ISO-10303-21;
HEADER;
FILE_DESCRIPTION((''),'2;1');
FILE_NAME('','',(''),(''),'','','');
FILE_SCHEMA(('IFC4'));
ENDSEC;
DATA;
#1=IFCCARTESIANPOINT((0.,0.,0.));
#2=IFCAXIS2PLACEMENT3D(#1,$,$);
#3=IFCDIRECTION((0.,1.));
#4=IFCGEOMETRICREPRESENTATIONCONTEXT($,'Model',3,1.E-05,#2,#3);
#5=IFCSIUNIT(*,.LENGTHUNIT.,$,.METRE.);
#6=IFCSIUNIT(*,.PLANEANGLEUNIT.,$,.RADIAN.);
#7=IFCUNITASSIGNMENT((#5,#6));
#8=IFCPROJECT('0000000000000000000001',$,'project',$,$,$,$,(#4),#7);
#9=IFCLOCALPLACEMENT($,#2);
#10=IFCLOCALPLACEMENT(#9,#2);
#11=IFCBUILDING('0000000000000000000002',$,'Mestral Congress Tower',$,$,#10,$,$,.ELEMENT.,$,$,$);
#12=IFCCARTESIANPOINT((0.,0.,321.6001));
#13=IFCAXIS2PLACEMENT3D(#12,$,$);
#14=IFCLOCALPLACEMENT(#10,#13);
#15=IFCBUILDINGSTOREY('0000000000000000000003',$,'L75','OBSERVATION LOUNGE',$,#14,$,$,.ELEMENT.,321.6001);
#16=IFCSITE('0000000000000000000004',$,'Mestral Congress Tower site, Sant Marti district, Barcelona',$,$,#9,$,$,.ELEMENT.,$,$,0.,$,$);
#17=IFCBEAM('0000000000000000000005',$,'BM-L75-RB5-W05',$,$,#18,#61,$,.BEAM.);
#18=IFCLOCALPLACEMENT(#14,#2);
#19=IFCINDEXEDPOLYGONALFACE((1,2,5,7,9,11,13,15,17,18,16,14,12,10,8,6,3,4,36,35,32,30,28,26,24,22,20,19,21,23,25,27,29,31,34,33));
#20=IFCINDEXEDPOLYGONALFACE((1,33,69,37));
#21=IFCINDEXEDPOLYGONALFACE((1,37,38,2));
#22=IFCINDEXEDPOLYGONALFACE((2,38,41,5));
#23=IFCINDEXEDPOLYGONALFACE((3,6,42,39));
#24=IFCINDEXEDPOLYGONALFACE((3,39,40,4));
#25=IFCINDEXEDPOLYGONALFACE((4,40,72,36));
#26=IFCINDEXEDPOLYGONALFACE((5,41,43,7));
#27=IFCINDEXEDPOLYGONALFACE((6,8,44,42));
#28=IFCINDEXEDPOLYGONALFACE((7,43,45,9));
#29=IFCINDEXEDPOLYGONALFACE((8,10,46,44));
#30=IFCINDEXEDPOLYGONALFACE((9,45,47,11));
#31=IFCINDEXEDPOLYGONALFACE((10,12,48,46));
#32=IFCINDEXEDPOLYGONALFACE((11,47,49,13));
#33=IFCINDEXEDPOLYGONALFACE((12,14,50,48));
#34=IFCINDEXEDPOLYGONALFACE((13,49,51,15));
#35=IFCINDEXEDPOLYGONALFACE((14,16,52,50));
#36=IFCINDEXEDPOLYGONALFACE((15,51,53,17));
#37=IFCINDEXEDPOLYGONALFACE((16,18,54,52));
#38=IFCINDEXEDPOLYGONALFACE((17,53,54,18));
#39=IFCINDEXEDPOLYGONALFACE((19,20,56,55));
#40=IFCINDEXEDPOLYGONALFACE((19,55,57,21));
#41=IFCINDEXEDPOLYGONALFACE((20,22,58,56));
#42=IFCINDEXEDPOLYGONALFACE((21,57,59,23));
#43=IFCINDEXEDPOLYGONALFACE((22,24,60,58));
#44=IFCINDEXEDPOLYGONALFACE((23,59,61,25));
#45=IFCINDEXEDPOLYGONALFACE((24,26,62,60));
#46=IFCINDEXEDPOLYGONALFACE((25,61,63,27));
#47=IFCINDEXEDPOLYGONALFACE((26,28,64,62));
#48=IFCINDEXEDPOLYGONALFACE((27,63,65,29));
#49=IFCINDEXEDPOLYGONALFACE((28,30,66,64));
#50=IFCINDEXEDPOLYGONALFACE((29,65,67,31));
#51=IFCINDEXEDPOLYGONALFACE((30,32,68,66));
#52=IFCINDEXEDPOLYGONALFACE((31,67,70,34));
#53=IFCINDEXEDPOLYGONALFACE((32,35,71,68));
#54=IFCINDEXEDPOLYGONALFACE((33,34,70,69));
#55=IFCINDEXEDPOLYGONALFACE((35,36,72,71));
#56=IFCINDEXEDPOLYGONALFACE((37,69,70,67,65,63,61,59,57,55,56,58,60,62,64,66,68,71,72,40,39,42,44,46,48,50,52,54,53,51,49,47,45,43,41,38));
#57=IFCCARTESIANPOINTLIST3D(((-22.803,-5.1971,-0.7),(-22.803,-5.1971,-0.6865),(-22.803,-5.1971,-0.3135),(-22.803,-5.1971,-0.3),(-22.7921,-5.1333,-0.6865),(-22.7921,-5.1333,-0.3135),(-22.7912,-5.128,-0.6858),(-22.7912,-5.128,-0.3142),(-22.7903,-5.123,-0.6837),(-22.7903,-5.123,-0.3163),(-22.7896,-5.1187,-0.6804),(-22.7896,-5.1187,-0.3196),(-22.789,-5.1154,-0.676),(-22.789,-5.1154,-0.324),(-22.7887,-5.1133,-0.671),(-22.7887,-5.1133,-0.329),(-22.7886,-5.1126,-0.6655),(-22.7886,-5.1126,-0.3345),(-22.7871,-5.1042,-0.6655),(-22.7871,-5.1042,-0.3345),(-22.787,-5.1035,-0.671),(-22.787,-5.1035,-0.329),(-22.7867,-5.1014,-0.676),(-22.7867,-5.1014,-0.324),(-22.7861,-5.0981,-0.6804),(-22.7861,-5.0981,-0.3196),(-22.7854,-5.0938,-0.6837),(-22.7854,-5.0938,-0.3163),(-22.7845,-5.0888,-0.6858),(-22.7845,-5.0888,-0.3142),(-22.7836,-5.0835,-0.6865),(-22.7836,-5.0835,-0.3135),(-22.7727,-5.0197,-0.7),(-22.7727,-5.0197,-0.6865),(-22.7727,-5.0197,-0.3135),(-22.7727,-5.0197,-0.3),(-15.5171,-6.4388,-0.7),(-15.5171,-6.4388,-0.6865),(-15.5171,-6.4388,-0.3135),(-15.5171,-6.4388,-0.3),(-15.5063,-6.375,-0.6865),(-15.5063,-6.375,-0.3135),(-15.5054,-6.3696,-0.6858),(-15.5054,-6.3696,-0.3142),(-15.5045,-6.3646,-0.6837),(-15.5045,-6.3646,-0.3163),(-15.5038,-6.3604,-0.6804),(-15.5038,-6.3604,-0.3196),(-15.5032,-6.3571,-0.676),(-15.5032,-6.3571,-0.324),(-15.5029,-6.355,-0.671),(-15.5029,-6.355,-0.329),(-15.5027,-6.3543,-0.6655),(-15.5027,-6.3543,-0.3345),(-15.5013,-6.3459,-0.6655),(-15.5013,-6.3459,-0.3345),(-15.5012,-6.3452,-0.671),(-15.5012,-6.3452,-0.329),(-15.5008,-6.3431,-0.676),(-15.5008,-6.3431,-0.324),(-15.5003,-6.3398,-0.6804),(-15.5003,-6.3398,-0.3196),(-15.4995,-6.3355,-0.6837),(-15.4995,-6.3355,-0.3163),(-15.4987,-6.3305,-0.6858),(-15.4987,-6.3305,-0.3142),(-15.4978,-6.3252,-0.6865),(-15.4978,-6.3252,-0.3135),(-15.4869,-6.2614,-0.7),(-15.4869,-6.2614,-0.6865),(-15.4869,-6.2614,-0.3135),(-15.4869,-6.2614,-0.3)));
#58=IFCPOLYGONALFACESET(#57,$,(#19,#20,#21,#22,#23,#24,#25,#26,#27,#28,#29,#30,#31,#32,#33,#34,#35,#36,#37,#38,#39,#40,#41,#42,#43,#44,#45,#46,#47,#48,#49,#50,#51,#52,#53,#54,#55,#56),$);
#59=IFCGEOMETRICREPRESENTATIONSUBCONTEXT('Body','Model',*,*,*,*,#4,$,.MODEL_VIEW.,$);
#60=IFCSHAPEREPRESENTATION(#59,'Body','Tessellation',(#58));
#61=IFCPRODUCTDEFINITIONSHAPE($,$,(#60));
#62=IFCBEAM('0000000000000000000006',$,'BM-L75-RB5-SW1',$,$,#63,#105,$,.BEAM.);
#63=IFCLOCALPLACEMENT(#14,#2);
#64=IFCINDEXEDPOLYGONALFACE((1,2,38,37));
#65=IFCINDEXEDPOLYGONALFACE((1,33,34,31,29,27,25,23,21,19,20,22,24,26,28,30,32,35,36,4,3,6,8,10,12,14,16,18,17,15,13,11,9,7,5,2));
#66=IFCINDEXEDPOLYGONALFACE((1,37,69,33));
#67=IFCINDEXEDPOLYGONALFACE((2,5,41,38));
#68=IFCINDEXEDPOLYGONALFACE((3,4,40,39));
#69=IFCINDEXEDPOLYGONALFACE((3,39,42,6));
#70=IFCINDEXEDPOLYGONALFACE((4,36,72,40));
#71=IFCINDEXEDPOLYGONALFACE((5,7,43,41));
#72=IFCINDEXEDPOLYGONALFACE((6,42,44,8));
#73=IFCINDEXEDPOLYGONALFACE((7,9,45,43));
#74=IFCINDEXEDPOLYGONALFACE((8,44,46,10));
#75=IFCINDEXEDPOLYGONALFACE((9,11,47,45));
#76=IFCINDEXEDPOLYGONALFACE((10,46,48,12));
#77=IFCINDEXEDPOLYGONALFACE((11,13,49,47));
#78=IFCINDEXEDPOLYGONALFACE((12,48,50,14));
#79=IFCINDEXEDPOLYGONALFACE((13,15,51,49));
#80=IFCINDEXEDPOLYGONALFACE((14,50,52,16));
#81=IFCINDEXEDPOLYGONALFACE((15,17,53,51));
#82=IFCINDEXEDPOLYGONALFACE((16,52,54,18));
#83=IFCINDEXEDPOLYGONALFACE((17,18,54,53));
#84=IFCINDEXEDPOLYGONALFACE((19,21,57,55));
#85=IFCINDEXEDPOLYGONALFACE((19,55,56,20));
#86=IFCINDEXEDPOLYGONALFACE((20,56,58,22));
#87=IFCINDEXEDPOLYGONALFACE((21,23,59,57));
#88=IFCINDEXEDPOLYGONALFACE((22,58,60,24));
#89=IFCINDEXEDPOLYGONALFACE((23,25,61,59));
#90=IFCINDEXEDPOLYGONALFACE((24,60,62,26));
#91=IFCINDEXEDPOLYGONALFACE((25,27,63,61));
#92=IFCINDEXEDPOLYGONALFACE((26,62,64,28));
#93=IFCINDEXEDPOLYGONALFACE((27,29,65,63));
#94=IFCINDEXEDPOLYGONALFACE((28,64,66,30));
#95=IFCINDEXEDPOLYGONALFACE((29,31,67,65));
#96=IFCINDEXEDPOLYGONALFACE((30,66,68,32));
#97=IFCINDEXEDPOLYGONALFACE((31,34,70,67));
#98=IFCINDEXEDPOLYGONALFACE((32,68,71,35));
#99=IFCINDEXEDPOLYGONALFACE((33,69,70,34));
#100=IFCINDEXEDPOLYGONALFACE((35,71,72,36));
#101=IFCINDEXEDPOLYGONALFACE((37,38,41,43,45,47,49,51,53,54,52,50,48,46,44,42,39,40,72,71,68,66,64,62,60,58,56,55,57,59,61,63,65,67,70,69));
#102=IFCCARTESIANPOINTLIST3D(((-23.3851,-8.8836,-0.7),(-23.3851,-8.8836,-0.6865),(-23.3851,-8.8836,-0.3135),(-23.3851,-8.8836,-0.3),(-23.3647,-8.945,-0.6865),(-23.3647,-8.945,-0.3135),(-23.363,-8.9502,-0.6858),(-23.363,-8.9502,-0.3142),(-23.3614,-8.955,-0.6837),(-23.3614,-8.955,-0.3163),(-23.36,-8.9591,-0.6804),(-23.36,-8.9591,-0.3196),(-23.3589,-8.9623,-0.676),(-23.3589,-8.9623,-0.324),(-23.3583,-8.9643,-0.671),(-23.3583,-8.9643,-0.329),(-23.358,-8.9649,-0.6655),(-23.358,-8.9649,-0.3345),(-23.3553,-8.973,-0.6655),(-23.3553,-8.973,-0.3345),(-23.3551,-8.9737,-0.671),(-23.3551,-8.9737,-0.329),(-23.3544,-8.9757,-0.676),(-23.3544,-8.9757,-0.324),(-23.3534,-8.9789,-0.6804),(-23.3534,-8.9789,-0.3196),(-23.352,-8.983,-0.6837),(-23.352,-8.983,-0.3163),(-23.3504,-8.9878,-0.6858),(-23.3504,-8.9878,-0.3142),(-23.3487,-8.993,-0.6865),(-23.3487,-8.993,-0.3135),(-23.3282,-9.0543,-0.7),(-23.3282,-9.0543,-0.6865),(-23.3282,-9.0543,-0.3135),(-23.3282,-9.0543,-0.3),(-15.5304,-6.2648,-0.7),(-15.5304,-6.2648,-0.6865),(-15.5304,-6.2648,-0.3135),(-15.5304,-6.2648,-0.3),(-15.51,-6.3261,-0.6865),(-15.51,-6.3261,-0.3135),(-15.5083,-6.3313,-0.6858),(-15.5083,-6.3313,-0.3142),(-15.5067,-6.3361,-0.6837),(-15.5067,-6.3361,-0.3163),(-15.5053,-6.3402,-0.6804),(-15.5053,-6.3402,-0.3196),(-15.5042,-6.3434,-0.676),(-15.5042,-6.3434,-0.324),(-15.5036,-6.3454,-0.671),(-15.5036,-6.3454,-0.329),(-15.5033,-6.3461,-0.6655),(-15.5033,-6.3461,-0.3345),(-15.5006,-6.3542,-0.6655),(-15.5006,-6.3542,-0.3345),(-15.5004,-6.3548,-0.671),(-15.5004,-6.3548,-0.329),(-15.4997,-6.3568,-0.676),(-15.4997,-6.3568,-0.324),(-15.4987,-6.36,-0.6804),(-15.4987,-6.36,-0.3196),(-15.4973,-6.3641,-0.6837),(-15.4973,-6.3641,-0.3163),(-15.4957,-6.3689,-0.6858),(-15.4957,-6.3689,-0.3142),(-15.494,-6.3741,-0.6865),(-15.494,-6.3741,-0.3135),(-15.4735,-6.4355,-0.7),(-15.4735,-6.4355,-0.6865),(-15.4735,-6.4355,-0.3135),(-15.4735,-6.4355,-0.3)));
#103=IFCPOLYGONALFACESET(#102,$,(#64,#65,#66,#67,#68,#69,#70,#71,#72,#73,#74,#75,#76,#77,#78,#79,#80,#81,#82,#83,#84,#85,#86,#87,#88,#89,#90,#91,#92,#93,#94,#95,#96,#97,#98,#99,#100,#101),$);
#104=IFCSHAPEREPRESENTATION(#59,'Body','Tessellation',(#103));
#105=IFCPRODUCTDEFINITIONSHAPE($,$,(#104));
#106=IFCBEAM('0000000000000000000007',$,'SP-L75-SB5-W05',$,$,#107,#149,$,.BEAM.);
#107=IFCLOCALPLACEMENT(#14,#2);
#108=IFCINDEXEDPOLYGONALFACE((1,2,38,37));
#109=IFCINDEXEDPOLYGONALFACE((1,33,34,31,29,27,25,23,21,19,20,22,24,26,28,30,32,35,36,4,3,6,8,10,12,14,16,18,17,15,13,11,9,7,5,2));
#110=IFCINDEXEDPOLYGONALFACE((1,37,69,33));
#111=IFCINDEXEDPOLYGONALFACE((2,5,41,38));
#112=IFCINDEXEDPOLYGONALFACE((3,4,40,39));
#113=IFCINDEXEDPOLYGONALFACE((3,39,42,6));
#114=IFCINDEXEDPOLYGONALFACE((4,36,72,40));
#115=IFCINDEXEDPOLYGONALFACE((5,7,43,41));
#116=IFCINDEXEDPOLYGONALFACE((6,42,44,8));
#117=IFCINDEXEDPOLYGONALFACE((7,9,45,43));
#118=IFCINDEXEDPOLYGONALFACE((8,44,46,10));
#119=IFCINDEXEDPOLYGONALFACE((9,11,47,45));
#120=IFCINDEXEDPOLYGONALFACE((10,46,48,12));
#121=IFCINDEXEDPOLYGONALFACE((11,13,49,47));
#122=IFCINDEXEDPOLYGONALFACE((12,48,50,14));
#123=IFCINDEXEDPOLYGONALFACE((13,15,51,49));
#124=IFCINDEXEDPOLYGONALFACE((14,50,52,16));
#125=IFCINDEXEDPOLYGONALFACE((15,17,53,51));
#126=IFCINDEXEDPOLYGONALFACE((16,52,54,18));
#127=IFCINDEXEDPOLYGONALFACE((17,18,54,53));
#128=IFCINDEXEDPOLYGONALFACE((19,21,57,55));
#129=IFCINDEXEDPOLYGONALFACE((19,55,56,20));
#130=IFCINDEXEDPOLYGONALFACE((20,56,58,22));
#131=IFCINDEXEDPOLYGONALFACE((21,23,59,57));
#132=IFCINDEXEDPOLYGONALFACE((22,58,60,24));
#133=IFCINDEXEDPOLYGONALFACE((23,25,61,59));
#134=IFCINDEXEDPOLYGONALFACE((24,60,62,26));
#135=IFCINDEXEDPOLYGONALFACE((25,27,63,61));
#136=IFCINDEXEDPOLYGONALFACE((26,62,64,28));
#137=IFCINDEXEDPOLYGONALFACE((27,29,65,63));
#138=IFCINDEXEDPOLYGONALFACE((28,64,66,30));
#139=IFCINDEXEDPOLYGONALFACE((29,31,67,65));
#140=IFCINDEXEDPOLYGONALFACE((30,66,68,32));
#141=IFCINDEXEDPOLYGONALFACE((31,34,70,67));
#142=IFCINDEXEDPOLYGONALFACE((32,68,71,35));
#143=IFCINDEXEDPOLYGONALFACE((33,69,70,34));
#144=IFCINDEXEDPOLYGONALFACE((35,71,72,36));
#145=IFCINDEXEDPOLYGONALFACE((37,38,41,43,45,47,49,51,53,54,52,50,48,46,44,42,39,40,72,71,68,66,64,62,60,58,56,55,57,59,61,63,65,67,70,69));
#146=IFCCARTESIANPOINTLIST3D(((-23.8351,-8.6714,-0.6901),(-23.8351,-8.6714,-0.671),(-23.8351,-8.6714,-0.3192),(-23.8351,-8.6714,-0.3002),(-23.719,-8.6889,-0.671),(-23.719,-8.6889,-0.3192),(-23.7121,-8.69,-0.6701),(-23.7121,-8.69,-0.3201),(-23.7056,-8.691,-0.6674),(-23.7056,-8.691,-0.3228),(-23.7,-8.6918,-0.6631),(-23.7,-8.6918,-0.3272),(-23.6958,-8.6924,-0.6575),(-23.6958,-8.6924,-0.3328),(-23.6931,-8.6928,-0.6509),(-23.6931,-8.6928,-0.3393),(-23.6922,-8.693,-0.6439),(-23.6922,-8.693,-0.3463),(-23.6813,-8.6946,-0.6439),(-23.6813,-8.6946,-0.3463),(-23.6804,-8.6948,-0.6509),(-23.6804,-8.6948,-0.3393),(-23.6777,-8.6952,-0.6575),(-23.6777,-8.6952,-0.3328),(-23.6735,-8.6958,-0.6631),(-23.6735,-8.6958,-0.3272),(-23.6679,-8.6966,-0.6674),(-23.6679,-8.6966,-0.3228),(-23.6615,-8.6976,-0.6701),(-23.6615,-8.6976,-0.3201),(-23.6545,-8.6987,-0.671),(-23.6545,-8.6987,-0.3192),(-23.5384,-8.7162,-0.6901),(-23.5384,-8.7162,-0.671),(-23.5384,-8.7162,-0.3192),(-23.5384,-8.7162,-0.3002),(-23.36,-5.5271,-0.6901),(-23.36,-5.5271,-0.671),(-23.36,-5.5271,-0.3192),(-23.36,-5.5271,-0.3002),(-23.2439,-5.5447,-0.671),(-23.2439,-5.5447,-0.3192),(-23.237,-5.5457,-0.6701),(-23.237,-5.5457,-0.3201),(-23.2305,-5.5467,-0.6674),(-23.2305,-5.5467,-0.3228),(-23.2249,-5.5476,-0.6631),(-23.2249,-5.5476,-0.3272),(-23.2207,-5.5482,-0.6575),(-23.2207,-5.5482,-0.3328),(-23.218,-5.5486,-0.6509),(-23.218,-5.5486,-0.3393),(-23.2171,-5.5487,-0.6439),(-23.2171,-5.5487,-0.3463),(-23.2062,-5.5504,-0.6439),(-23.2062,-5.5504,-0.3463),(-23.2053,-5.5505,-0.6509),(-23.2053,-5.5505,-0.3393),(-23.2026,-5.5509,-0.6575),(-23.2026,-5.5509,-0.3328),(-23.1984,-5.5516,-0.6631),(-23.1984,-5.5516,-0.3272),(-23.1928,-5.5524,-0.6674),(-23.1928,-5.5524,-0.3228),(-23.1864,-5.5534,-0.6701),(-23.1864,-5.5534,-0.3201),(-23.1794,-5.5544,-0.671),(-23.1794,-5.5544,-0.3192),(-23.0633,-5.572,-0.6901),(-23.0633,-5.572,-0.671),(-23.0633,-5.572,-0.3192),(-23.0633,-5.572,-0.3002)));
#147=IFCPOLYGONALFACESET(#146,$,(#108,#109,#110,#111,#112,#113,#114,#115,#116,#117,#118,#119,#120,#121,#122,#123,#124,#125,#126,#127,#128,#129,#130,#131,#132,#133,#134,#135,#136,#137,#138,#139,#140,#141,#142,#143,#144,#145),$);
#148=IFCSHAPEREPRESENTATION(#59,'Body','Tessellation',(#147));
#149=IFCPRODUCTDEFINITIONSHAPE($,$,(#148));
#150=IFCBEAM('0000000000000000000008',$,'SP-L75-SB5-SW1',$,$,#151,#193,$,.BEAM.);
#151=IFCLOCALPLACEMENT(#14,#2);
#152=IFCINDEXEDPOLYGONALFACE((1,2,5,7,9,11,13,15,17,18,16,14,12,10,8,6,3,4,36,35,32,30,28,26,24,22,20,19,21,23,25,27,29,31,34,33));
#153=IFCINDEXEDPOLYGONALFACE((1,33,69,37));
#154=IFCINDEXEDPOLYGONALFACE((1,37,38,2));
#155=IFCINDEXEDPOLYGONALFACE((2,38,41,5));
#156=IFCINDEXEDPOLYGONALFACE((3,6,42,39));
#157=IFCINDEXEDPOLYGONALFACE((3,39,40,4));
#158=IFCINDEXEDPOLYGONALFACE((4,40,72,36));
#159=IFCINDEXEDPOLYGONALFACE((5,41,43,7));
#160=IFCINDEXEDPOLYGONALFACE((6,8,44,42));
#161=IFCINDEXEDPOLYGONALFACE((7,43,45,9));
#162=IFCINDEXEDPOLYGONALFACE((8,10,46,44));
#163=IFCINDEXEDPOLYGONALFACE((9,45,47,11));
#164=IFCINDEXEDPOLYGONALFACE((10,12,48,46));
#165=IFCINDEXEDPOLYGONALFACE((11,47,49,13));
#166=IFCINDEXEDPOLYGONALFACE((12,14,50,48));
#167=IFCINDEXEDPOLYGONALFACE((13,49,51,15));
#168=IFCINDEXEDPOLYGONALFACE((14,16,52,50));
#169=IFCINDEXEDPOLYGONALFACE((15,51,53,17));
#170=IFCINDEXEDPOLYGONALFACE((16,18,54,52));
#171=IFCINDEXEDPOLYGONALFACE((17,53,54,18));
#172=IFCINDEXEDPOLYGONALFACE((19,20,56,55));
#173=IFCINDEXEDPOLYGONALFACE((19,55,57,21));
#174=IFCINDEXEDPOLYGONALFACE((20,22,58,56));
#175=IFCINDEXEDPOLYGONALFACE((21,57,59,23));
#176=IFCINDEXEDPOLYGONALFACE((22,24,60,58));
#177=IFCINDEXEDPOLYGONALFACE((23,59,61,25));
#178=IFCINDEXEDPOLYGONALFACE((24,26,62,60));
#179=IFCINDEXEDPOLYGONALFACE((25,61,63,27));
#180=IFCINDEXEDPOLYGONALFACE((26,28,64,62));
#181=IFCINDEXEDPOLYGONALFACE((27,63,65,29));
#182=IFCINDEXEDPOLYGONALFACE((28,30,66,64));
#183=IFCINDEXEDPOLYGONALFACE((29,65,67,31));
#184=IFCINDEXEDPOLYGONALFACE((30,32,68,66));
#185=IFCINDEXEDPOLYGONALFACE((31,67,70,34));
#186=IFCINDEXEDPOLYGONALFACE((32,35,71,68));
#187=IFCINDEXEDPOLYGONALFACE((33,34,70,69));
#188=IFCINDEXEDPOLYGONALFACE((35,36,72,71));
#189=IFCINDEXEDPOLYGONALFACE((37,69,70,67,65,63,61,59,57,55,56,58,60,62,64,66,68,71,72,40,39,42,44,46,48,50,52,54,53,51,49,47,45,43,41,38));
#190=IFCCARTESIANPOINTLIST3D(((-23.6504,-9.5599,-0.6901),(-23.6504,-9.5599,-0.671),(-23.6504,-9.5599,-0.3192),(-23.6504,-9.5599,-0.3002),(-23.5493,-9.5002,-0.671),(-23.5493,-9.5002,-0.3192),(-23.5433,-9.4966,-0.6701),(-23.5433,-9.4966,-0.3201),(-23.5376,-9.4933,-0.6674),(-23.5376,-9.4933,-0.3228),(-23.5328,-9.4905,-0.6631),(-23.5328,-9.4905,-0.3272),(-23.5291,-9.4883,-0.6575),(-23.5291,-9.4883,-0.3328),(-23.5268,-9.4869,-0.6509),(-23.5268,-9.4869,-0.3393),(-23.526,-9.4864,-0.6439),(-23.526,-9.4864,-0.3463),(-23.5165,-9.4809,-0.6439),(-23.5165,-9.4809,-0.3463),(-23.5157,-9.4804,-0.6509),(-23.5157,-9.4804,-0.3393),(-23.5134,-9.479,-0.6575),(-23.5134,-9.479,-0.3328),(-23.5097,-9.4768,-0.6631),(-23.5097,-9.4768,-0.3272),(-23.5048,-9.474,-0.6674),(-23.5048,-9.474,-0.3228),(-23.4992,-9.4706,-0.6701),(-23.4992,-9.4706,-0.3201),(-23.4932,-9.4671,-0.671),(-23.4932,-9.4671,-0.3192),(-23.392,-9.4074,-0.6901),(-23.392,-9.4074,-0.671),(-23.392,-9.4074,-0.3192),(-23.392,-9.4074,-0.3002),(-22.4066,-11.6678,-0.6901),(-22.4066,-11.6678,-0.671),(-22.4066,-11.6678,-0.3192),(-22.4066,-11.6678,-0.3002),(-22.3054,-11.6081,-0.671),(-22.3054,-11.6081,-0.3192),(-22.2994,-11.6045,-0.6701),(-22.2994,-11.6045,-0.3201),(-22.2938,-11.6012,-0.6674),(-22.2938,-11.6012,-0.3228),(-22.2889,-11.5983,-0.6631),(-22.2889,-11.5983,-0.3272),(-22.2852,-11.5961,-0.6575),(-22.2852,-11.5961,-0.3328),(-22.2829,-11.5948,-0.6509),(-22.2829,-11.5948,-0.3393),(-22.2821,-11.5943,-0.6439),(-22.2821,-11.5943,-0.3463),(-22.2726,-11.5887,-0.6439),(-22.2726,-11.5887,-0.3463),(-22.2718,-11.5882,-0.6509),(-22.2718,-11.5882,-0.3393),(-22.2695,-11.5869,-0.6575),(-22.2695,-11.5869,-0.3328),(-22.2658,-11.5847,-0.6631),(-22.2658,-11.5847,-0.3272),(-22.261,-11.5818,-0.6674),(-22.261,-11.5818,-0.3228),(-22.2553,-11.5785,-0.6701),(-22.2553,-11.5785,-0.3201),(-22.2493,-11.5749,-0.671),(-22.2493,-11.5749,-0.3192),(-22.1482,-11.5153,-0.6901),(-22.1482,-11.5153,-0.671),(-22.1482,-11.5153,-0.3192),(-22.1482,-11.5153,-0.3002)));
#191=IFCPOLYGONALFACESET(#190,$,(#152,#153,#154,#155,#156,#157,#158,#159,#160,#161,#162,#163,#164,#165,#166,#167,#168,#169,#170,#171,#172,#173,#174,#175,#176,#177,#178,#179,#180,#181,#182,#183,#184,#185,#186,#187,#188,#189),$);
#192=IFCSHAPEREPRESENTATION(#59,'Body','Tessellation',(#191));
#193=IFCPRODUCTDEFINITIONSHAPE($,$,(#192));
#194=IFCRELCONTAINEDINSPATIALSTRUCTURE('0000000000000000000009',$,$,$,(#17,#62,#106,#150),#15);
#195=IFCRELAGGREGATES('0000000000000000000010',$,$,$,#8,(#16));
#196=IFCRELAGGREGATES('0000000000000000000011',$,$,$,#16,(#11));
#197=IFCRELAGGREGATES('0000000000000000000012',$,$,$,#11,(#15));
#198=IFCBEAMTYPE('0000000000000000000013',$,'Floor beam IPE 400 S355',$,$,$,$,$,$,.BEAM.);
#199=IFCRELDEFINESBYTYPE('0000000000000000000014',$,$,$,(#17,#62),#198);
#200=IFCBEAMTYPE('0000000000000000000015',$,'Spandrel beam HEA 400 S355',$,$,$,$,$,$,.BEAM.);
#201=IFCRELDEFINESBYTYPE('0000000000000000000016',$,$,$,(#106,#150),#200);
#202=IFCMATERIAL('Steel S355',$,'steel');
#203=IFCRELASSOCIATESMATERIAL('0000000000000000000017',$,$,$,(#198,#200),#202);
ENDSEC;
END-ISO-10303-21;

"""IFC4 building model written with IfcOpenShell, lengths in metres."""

from ifc_helpers import new_model, si_unit, direction, frame, origin, origin_2d, place, context, subcontext, project, spatial, i_section, extrude, material, material_profile, profile_set, type_object, element, save


model = new_model("IFC4")

# Units and contexts
model_context = context("Model", 3, precision=1e-05, world=origin(), true_north=direction((0.0, 1.0)))
body_context = subcontext(model_context, "Body", "Model", "MODEL_VIEW")
ifc_project = project(units=[si_unit("LENGTHUNIT", "METRE"), si_unit("PLANEANGLEUNIT", "RADIAN")], contexts=[model_context])

# Site, building, storey
site_placement = place(None, origin())
site = spatial("IfcSite", under=ifc_project, at=site_placement, Name="Mestral Congress Tower site, Sant Marti district, Barcelona", CompositionType="ELEMENT", RefElevation=0.0)
building_placement = place(site_placement, origin())
building = spatial("IfcBuilding", under=site, at=building_placement, Name="Mestral Congress Tower", CompositionType="ELEMENT")
storey_placement = place(building_placement, frame((0.0, 0.0, 321.6001)))
storey = spatial("IfcBuildingStorey", under=building, at=storey_placement, Name="L75", Description="OBSERVATION LOUNGE", CompositionType="ELEMENT", Elevation=321.6001)

# Beams
ifc_material_1 = material(Name="Steel S355", Category="steel")
ifc_material_profile_1 = material_profile(ifc_material_1, i_section(OverallWidth=0.1799, OverallDepth=0.3999, WebThickness=0.0085, FlangeThickness=0.0134, FilletRadius=0.021, at=origin_2d()), Name="IPE 400")
ifc_profile_set_1 = profile_set([ifc_material_profile_1], Name="Steel S355")
beam_type_1 = type_object("IfcBeamType", Name="Floor beam IPE 400 S355", PredefinedType="BEAM", material=ifc_profile_set_1)
beam_1_placement = place(storey_placement, frame((-22.7878, -5.1084, -0.5), z_axis=(0.985787, -0.168003, 0.0), x_axis=(0.168003, 0.985787, 0.0)))
element("IfcBeam", 1, at=beam_1_placement, inside=storey, type_object=beam_type_1, Name="BM-L75-RB5-W05", PredefinedType="BEAM", context=body_context, shape_type="SweptSolid", body=[
    extrude(i_section(OverallWidth=0.1799, OverallDepth=0.3999, WebThickness=0.0085, FlangeThickness=0.0134, FilletRadius=0.021, at=origin_2d()), origin(), (0.0, 0.0, 1.0), 7.3909),
])
beam_2_placement = place(storey_placement, frame((-23.3567, -8.969, -0.5), z_axis=(0.94866, 0.316299, 0.0), x_axis=(-0.316299, 0.94866, 0.0)))
element("IfcBeam", 2, at=beam_2_placement, inside=storey, type_object=beam_type_1, Name="BM-L75-RB5-SW1", PredefinedType="BEAM", context=body_context, shape_type="SweptSolid", body=[
    extrude(i_section(OverallWidth=0.1799, OverallDepth=0.3999, WebThickness=0.0085, FlangeThickness=0.0134, FilletRadius=0.021, at=origin_2d()), origin(), (0.0, 0.0, 1.0), 8.2798),
])
ifc_material_profile_2 = material_profile(ifc_material_1, i_section(OverallWidth=0.3, OverallDepth=0.3899, WebThickness=0.011, FlangeThickness=0.019, FilletRadius=0.0271, at=origin_2d()), Name="HEA 400")
ifc_profile_set_2 = profile_set([ifc_material_profile_2], Name="Steel S355")
beam_type_2 = type_object("IfcBeamType", Name="Spandrel beam HEA 400 S355", PredefinedType="BEAM", material=ifc_profile_set_2)
beam_3_placement = place(storey_placement, frame((-23.2117, -5.5496, -0.4951), z_axis=(-0.149403, -0.988776, 0.0), x_axis=(0.988776, -0.149403, 0.0)))
element("IfcBeam", 3, at=beam_3_placement, inside=storey, type_object=beam_type_2, Name="SP-L75-SB5-W05", PredefinedType="BEAM", context=body_context, shape_type="SweptSolid", body=[
    extrude(i_section(OverallWidth=0.3, OverallDepth=0.3899, WebThickness=0.011, FlangeThickness=0.019, FilletRadius=0.0271, at=origin_2d()), origin(), (0.0, 0.0, 1.0), 3.1799),
])
beam_4_placement = place(storey_placement, frame((-23.5212, -9.4836, -0.4951), z_axis=(0.508218, -0.861228, 0.0), x_axis=(0.861228, 0.508218, 0.0)))
element("IfcBeam", 4, at=beam_4_placement, inside=storey, type_object=beam_type_2, Name="SP-L75-SB5-SW1", PredefinedType="BEAM", context=body_context, shape_type="SweptSolid", body=[
    extrude(i_section(OverallWidth=0.3, OverallDepth=0.3899, WebThickness=0.011, FlangeThickness=0.019, FilletRadius=0.0271, at=origin_2d()), origin(), (0.0, 0.0, 1.0), 2.4475),
])

save(model, "model.ifc")
